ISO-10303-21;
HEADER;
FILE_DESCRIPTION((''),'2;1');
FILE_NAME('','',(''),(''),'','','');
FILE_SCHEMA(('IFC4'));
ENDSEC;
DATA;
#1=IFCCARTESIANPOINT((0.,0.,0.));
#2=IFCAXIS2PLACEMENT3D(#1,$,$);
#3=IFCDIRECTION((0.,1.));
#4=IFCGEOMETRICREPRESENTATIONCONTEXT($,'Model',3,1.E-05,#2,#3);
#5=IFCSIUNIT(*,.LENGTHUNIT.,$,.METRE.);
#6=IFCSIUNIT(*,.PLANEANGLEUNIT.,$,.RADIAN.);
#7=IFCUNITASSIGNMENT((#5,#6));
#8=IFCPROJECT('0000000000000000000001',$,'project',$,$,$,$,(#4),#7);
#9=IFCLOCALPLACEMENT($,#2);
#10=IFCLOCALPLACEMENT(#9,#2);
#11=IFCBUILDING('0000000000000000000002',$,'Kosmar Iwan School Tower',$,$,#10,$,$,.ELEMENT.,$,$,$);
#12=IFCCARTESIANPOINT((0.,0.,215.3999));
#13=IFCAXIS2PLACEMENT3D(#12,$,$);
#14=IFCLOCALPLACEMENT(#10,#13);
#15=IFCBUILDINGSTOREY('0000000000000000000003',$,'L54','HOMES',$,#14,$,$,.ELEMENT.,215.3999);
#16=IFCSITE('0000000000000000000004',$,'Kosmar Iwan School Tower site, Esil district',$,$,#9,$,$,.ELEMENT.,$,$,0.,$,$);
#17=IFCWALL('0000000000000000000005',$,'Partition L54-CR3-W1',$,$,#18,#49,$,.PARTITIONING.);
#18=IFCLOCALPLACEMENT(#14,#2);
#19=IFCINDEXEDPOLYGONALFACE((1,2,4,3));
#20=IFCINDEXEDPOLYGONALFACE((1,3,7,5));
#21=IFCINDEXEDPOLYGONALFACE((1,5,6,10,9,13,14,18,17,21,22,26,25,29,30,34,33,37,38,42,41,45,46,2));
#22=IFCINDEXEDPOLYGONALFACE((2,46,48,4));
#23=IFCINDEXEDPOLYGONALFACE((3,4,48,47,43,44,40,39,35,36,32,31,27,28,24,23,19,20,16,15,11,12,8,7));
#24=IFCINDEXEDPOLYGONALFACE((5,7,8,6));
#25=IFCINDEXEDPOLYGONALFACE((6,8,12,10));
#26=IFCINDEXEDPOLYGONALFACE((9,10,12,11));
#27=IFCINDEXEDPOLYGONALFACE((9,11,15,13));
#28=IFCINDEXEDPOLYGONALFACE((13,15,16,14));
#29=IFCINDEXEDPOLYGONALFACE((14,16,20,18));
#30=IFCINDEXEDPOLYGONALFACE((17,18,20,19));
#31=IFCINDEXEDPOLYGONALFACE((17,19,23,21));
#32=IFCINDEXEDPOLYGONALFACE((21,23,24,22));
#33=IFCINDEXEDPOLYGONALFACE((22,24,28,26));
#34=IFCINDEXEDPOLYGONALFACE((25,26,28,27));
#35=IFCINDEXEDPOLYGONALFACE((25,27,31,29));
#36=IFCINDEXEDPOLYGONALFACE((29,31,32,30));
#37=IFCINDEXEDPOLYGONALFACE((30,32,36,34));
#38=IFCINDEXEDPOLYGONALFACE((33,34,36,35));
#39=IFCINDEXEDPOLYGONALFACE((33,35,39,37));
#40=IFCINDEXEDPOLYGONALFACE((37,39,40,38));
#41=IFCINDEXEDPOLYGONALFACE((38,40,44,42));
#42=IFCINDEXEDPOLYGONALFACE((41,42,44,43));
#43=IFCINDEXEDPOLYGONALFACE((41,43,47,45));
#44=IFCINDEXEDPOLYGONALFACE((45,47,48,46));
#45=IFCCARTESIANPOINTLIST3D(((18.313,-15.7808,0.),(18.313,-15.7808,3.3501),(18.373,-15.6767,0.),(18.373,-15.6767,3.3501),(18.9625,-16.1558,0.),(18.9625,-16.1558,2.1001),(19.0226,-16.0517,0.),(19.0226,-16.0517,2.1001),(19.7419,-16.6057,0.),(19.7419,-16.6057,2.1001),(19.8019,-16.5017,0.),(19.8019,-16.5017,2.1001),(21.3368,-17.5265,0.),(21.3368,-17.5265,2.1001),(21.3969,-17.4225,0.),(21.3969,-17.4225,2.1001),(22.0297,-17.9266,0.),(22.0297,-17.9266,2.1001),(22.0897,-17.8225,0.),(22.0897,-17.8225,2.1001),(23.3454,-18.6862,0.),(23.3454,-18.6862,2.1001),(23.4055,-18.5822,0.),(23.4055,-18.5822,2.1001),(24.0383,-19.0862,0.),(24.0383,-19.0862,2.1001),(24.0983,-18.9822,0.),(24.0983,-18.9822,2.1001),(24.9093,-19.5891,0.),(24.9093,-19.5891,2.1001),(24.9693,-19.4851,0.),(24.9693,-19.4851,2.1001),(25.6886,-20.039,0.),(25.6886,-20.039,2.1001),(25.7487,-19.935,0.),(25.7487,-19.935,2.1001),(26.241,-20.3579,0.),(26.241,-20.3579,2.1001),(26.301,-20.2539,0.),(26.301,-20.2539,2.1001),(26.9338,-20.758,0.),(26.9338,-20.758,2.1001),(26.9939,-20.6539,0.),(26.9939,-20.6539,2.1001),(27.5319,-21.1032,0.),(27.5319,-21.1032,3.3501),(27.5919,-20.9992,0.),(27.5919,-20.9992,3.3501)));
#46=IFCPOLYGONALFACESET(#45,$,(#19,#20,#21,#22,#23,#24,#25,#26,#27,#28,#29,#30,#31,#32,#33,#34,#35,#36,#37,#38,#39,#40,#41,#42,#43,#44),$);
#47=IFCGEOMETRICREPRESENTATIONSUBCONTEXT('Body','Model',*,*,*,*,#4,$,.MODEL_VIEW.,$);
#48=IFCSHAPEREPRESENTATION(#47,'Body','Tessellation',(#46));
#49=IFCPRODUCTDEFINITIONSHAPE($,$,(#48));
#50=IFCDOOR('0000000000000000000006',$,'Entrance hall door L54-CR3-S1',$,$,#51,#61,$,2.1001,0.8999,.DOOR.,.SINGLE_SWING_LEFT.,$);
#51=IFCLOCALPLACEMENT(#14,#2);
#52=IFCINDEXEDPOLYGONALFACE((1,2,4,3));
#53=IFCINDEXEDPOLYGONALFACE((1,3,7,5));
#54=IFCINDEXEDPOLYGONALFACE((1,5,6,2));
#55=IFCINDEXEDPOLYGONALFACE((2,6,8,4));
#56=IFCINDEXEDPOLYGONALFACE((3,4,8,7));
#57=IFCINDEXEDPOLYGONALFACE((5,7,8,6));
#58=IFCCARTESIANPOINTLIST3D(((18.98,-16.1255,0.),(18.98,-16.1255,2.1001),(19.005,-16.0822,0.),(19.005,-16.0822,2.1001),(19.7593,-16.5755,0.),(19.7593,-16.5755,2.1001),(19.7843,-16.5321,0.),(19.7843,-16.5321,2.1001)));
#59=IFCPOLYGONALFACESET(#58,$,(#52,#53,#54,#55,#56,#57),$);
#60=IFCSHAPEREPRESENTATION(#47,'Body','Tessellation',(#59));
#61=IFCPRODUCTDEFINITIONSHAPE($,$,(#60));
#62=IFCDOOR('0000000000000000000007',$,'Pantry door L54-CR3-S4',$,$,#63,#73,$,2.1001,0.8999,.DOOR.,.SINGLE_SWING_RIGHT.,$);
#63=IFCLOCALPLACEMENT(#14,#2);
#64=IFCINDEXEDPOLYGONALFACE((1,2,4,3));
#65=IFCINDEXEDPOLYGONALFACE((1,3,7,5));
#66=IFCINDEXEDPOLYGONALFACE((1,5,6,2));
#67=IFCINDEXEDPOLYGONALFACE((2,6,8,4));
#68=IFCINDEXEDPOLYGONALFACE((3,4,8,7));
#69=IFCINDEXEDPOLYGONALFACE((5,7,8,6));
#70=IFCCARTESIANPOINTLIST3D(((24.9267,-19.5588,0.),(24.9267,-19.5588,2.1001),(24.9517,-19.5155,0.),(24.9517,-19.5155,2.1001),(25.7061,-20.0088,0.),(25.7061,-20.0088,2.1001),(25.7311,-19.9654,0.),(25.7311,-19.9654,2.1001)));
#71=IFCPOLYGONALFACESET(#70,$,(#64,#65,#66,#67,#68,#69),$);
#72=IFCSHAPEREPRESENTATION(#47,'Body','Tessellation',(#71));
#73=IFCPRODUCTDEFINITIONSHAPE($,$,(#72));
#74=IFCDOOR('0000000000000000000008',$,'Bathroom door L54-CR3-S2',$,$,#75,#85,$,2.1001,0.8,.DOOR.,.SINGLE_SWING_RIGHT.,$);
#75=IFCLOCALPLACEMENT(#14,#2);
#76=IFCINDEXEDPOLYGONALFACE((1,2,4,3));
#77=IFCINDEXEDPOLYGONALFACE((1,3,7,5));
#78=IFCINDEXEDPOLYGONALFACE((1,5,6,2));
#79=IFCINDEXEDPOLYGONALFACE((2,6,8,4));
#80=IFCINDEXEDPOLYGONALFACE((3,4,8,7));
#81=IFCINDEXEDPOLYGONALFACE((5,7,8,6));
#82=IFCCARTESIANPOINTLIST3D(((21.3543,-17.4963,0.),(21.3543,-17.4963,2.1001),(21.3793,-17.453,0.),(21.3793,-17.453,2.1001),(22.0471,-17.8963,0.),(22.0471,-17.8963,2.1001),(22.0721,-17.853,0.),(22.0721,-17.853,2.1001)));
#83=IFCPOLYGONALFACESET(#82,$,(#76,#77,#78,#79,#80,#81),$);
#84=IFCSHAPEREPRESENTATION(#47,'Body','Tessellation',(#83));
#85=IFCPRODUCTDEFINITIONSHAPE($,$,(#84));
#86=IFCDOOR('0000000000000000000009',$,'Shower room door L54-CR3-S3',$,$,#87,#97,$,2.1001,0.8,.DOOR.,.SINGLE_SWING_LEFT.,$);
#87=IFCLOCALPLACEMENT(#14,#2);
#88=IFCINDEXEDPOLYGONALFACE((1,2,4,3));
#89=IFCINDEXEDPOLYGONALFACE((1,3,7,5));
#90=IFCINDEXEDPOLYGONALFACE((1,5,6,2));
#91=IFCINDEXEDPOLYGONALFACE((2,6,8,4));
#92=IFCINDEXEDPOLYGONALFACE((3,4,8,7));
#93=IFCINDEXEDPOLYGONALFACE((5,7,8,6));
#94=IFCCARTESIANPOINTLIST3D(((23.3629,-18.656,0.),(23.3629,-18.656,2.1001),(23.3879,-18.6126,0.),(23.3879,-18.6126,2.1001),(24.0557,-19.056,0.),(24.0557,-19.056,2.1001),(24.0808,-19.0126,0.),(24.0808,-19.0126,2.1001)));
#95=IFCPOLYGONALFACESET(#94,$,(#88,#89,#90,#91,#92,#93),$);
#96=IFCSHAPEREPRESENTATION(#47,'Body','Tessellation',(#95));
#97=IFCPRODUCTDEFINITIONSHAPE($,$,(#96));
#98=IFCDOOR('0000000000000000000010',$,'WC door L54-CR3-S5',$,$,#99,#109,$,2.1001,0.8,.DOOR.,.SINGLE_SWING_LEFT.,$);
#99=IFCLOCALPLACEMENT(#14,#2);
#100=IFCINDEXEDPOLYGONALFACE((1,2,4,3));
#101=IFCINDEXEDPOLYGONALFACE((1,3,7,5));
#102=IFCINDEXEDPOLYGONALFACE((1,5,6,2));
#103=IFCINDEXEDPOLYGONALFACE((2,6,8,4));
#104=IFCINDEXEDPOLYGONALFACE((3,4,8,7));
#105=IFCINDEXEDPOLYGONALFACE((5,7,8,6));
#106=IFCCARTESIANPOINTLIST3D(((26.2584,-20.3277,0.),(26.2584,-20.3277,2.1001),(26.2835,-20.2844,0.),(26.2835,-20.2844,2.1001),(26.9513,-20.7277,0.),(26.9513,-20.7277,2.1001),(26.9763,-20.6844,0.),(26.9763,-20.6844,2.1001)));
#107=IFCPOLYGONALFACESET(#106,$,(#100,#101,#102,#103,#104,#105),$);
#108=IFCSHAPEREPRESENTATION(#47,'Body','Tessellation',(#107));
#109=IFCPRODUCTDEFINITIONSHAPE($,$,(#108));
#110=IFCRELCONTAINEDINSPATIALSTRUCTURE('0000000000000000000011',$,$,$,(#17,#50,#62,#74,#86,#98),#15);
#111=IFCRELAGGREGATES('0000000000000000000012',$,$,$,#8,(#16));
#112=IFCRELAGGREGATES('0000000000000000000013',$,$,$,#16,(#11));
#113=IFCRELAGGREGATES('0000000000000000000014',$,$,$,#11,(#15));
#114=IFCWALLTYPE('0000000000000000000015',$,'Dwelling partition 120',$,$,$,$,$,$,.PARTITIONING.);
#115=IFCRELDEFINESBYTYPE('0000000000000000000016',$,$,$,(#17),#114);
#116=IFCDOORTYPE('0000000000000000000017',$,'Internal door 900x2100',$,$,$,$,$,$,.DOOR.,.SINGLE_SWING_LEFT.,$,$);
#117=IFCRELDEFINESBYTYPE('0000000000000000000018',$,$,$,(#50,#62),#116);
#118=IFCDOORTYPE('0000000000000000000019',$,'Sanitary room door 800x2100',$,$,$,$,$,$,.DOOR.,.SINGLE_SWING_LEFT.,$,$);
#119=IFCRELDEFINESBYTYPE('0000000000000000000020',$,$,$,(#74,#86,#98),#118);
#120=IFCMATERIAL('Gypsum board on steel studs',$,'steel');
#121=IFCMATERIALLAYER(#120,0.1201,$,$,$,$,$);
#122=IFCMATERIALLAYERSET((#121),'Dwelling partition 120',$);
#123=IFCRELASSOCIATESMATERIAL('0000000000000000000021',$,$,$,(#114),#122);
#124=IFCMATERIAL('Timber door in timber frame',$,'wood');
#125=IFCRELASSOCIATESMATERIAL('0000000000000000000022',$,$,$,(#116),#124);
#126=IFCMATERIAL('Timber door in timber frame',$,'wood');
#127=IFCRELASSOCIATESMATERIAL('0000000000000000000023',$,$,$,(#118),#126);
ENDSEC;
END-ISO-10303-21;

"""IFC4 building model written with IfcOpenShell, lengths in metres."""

from ifc_helpers import new_model, si_unit, direction, frame, frame_2d, origin, place, context, subcontext, project, spatial, rectangle, extrude, material, layer, layer_set, type_object, element, fill, save


model = new_model("IFC4")

# Units and contexts
model_context = context("Model", 3, precision=1e-05, world=origin(), true_north=direction((0.0, 1.0)))
body_context = subcontext(model_context, "Body", "Model", "MODEL_VIEW")
ifc_project = project(units=[si_unit("LENGTHUNIT", "METRE"), si_unit("PLANEANGLEUNIT", "RADIAN")], contexts=[model_context])

# Site, building, storey
site_placement = place(None, origin())
site = spatial("IfcSite", under=ifc_project, at=site_placement, Name="Kosmar Iwan School Tower site, Esil district", CompositionType="ELEMENT", RefElevation=0.0)
building_placement = place(site_placement, origin())
building = spatial("IfcBuilding", under=site, at=building_placement, Name="Kosmar Iwan School Tower", CompositionType="ELEMENT")
storey_placement = place(building_placement, frame((0.0, 0.0, 215.3999)))
storey = spatial("IfcBuildingStorey", under=building, at=storey_placement, Name="L54", Description="HOMES", CompositionType="ELEMENT", Elevation=215.3999)

# Shared definitions
ifc_material_1 = material(Name="Gypsum board on steel studs", Category="steel")
ifc_layer_1 = layer(ifc_material_1, 0.1201)
ifc_layer_set_1 = layer_set([ifc_layer_1], Name="Dwelling partition 120")
wall_type_1 = type_object("IfcWallType", Name="Dwelling partition 120", PredefinedType="PARTITIONING", material=ifc_layer_set_1)

# Wall, openings, doors
wall_1_placement = place(storey_placement, frame((18.343, -15.7288, 0.0), z_axis=(0.0, 0.0, 1.0), x_axis=(0.866029, -0.499994, 0.0)))
wall_1 = element("IfcWall", 1, at=wall_1_placement, inside=storey, type_object=wall_type_1, Name="Partition L54-CR3-W1", PredefinedType="PARTITIONING", context=body_context, shape_type="SweptSolid", body=[
    extrude(rectangle(XDim=10.645, YDim=0.1201, at=frame_2d((5.3225, 0.0))), origin(), (0.0, 0.0, 1.0), 3.3501),
])
opening_1_placement = place(wall_1_placement, frame((0.75, 0.0, 0.0)))
opening_1 = element("IfcOpeningElement", 2, at=opening_1_placement, cuts=wall_1, PredefinedType="OPENING", context=body_context, shape_type="SweptSolid", body=[
    extrude(rectangle(XDim=0.8999, YDim=2.1001, at=frame_2d((0.45, 1.05))), frame((0.0, 0.072, 0.0), z_axis=(0.0, -1.0, 0.0), x_axis=(1.0, 0.0, 0.0)), (0.0, 0.0, 1.0), 0.144),
])
opening_2_placement = place(wall_1_placement, frame((3.4917, 0.0, 0.0)))
opening_2 = element("IfcOpeningElement", 3, at=opening_2_placement, cuts=wall_1, PredefinedType="OPENING", context=body_context, shape_type="SweptSolid", body=[
    extrude(rectangle(XDim=0.8, YDim=2.1001, at=frame_2d((0.3999, 1.05))), frame((0.0, 0.072, 0.0), z_axis=(0.0, -1.0, 0.0), x_axis=(1.0, 0.0, 0.0)), (0.0, 0.0, 1.0), 0.144),
])
opening_3_placement = place(wall_1_placement, frame((5.811, 0.0, 0.0)))
opening_3 = element("IfcOpeningElement", 4, at=opening_3_placement, cuts=wall_1, PredefinedType="OPENING", context=body_context, shape_type="SweptSolid", body=[
    extrude(rectangle(XDim=0.8, YDim=2.1001, at=frame_2d((0.3999, 1.05))), frame((0.0, 0.072, 0.0), z_axis=(0.0, -1.0, 0.0), x_axis=(1.0, 0.0, 0.0)), (0.0, 0.0, 1.0), 0.144),
])
opening_4_placement = place(wall_1_placement, frame((7.6167, 0.0, 0.0)))
opening_4 = element("IfcOpeningElement", 5, at=opening_4_placement, cuts=wall_1, PredefinedType="OPENING", context=body_context, shape_type="SweptSolid", body=[
    extrude(rectangle(XDim=0.8999, YDim=2.1001, at=frame_2d((0.45, 1.05))), frame((0.0, 0.072, 0.0), z_axis=(0.0, -1.0, 0.0), x_axis=(1.0, 0.0, 0.0)), (0.0, 0.0, 1.0), 0.144),
])
opening_5_placement = place(wall_1_placement, frame((9.1545, 0.0, 0.0)))
opening_5 = element("IfcOpeningElement", 6, at=opening_5_placement, cuts=wall_1, PredefinedType="OPENING", context=body_context, shape_type="SweptSolid", body=[
    extrude(rectangle(XDim=0.8, YDim=2.1001, at=frame_2d((0.3999, 1.05))), frame((0.0, 0.072, 0.0), z_axis=(0.0, -1.0, 0.0), x_axis=(1.0, 0.0, 0.0)), (0.0, 0.0, 1.0), 0.144),
])
ifc_material_2 = material(Name="Timber door in timber frame", Category="wood")
door_type_1 = type_object("IfcDoorType", Name="Internal door 900x2100", OperationType="SINGLE_SWING_LEFT", PredefinedType="DOOR", material=ifc_material_2)
door_1_placement = place(opening_1_placement, origin())
door_1 = element("IfcDoor", 7, at=door_1_placement, inside=storey, type_object=door_type_1, Name="Entrance hall door L54-CR3-S1", OperationType="SINGLE_SWING_LEFT", OverallHeight=2.1001, OverallWidth=0.8999, PredefinedType="DOOR", context=body_context, shape_type="SweptSolid", body=[
    extrude(rectangle(XDim=0.8999, YDim=2.1001, at=frame_2d((0.45, 1.05))), frame((0.0, 0.0249, 0.0), z_axis=(0.0, -1.0, 0.0), x_axis=(1.0, 0.0, 0.0)), (0.0, 0.0, 1.0), 0.05),
])
fill(opening_1, door_1)
door_2_placement = place(opening_4_placement, origin())
door_2 = element("IfcDoor", 8, at=door_2_placement, inside=storey, type_object=door_type_1, Name="Pantry door L54-CR3-S4", OperationType="SINGLE_SWING_RIGHT", OverallHeight=2.1001, OverallWidth=0.8999, PredefinedType="DOOR", context=body_context, shape_type="SweptSolid", body=[
    extrude(rectangle(XDim=0.8999, YDim=2.1001, at=frame_2d((0.45, 1.05))), frame((0.0, 0.0249, 0.0), z_axis=(0.0, -1.0, 0.0), x_axis=(1.0, 0.0, 0.0)), (0.0, 0.0, 1.0), 0.05),
])
fill(opening_4, door_2)
ifc_material_3 = material(Name="Timber door in timber frame", Category="wood")
door_type_2 = type_object("IfcDoorType", Name="Sanitary room door 800x2100", OperationType="SINGLE_SWING_LEFT", PredefinedType="DOOR", material=ifc_material_3)
door_3_placement = place(opening_2_placement, origin())
door_3 = element("IfcDoor", 9, at=door_3_placement, inside=storey, type_object=door_type_2, Name="Bathroom door L54-CR3-S2", OperationType="SINGLE_SWING_RIGHT", OverallHeight=2.1001, OverallWidth=0.8, PredefinedType="DOOR", context=body_context, shape_type="SweptSolid", body=[
    extrude(rectangle(XDim=0.8, YDim=2.1001, at=frame_2d((0.3999, 1.05))), frame((0.0, 0.0249, 0.0), z_axis=(0.0, -1.0, 0.0), x_axis=(1.0, 0.0, 0.0)), (0.0, 0.0, 1.0), 0.05),
])
fill(opening_2, door_3)
door_4_placement = place(opening_3_placement, origin())
door_4 = element("IfcDoor", 10, at=door_4_placement, inside=storey, type_object=door_type_2, Name="Shower room door L54-CR3-S3", OperationType="SINGLE_SWING_LEFT", OverallHeight=2.1001, OverallWidth=0.8, PredefinedType="DOOR", context=body_context, shape_type="SweptSolid", body=[
    extrude(rectangle(XDim=0.8, YDim=2.1001, at=frame_2d((0.3999, 1.05))), frame((0.0, 0.0249, 0.0), z_axis=(0.0, -1.0, 0.0), x_axis=(1.0, 0.0, 0.0)), (0.0, 0.0, 1.0), 0.05),
])
fill(opening_3, door_4)
door_5_placement = place(opening_5_placement, origin())
door_5 = element("IfcDoor", 11, at=door_5_placement, inside=storey, type_object=door_type_2, Name="WC door L54-CR3-S5", OperationType="SINGLE_SWING_LEFT", OverallHeight=2.1001, OverallWidth=0.8, PredefinedType="DOOR", context=body_context, shape_type="SweptSolid", body=[
    extrude(rectangle(XDim=0.8, YDim=2.1001, at=frame_2d((0.3999, 1.05))), frame((0.0, 0.0249, 0.0), z_axis=(0.0, -1.0, 0.0), x_axis=(1.0, 0.0, 0.0)), (0.0, 0.0, 1.0), 0.05),
])
fill(opening_5, door_5)

save(model, "model.ifc")
